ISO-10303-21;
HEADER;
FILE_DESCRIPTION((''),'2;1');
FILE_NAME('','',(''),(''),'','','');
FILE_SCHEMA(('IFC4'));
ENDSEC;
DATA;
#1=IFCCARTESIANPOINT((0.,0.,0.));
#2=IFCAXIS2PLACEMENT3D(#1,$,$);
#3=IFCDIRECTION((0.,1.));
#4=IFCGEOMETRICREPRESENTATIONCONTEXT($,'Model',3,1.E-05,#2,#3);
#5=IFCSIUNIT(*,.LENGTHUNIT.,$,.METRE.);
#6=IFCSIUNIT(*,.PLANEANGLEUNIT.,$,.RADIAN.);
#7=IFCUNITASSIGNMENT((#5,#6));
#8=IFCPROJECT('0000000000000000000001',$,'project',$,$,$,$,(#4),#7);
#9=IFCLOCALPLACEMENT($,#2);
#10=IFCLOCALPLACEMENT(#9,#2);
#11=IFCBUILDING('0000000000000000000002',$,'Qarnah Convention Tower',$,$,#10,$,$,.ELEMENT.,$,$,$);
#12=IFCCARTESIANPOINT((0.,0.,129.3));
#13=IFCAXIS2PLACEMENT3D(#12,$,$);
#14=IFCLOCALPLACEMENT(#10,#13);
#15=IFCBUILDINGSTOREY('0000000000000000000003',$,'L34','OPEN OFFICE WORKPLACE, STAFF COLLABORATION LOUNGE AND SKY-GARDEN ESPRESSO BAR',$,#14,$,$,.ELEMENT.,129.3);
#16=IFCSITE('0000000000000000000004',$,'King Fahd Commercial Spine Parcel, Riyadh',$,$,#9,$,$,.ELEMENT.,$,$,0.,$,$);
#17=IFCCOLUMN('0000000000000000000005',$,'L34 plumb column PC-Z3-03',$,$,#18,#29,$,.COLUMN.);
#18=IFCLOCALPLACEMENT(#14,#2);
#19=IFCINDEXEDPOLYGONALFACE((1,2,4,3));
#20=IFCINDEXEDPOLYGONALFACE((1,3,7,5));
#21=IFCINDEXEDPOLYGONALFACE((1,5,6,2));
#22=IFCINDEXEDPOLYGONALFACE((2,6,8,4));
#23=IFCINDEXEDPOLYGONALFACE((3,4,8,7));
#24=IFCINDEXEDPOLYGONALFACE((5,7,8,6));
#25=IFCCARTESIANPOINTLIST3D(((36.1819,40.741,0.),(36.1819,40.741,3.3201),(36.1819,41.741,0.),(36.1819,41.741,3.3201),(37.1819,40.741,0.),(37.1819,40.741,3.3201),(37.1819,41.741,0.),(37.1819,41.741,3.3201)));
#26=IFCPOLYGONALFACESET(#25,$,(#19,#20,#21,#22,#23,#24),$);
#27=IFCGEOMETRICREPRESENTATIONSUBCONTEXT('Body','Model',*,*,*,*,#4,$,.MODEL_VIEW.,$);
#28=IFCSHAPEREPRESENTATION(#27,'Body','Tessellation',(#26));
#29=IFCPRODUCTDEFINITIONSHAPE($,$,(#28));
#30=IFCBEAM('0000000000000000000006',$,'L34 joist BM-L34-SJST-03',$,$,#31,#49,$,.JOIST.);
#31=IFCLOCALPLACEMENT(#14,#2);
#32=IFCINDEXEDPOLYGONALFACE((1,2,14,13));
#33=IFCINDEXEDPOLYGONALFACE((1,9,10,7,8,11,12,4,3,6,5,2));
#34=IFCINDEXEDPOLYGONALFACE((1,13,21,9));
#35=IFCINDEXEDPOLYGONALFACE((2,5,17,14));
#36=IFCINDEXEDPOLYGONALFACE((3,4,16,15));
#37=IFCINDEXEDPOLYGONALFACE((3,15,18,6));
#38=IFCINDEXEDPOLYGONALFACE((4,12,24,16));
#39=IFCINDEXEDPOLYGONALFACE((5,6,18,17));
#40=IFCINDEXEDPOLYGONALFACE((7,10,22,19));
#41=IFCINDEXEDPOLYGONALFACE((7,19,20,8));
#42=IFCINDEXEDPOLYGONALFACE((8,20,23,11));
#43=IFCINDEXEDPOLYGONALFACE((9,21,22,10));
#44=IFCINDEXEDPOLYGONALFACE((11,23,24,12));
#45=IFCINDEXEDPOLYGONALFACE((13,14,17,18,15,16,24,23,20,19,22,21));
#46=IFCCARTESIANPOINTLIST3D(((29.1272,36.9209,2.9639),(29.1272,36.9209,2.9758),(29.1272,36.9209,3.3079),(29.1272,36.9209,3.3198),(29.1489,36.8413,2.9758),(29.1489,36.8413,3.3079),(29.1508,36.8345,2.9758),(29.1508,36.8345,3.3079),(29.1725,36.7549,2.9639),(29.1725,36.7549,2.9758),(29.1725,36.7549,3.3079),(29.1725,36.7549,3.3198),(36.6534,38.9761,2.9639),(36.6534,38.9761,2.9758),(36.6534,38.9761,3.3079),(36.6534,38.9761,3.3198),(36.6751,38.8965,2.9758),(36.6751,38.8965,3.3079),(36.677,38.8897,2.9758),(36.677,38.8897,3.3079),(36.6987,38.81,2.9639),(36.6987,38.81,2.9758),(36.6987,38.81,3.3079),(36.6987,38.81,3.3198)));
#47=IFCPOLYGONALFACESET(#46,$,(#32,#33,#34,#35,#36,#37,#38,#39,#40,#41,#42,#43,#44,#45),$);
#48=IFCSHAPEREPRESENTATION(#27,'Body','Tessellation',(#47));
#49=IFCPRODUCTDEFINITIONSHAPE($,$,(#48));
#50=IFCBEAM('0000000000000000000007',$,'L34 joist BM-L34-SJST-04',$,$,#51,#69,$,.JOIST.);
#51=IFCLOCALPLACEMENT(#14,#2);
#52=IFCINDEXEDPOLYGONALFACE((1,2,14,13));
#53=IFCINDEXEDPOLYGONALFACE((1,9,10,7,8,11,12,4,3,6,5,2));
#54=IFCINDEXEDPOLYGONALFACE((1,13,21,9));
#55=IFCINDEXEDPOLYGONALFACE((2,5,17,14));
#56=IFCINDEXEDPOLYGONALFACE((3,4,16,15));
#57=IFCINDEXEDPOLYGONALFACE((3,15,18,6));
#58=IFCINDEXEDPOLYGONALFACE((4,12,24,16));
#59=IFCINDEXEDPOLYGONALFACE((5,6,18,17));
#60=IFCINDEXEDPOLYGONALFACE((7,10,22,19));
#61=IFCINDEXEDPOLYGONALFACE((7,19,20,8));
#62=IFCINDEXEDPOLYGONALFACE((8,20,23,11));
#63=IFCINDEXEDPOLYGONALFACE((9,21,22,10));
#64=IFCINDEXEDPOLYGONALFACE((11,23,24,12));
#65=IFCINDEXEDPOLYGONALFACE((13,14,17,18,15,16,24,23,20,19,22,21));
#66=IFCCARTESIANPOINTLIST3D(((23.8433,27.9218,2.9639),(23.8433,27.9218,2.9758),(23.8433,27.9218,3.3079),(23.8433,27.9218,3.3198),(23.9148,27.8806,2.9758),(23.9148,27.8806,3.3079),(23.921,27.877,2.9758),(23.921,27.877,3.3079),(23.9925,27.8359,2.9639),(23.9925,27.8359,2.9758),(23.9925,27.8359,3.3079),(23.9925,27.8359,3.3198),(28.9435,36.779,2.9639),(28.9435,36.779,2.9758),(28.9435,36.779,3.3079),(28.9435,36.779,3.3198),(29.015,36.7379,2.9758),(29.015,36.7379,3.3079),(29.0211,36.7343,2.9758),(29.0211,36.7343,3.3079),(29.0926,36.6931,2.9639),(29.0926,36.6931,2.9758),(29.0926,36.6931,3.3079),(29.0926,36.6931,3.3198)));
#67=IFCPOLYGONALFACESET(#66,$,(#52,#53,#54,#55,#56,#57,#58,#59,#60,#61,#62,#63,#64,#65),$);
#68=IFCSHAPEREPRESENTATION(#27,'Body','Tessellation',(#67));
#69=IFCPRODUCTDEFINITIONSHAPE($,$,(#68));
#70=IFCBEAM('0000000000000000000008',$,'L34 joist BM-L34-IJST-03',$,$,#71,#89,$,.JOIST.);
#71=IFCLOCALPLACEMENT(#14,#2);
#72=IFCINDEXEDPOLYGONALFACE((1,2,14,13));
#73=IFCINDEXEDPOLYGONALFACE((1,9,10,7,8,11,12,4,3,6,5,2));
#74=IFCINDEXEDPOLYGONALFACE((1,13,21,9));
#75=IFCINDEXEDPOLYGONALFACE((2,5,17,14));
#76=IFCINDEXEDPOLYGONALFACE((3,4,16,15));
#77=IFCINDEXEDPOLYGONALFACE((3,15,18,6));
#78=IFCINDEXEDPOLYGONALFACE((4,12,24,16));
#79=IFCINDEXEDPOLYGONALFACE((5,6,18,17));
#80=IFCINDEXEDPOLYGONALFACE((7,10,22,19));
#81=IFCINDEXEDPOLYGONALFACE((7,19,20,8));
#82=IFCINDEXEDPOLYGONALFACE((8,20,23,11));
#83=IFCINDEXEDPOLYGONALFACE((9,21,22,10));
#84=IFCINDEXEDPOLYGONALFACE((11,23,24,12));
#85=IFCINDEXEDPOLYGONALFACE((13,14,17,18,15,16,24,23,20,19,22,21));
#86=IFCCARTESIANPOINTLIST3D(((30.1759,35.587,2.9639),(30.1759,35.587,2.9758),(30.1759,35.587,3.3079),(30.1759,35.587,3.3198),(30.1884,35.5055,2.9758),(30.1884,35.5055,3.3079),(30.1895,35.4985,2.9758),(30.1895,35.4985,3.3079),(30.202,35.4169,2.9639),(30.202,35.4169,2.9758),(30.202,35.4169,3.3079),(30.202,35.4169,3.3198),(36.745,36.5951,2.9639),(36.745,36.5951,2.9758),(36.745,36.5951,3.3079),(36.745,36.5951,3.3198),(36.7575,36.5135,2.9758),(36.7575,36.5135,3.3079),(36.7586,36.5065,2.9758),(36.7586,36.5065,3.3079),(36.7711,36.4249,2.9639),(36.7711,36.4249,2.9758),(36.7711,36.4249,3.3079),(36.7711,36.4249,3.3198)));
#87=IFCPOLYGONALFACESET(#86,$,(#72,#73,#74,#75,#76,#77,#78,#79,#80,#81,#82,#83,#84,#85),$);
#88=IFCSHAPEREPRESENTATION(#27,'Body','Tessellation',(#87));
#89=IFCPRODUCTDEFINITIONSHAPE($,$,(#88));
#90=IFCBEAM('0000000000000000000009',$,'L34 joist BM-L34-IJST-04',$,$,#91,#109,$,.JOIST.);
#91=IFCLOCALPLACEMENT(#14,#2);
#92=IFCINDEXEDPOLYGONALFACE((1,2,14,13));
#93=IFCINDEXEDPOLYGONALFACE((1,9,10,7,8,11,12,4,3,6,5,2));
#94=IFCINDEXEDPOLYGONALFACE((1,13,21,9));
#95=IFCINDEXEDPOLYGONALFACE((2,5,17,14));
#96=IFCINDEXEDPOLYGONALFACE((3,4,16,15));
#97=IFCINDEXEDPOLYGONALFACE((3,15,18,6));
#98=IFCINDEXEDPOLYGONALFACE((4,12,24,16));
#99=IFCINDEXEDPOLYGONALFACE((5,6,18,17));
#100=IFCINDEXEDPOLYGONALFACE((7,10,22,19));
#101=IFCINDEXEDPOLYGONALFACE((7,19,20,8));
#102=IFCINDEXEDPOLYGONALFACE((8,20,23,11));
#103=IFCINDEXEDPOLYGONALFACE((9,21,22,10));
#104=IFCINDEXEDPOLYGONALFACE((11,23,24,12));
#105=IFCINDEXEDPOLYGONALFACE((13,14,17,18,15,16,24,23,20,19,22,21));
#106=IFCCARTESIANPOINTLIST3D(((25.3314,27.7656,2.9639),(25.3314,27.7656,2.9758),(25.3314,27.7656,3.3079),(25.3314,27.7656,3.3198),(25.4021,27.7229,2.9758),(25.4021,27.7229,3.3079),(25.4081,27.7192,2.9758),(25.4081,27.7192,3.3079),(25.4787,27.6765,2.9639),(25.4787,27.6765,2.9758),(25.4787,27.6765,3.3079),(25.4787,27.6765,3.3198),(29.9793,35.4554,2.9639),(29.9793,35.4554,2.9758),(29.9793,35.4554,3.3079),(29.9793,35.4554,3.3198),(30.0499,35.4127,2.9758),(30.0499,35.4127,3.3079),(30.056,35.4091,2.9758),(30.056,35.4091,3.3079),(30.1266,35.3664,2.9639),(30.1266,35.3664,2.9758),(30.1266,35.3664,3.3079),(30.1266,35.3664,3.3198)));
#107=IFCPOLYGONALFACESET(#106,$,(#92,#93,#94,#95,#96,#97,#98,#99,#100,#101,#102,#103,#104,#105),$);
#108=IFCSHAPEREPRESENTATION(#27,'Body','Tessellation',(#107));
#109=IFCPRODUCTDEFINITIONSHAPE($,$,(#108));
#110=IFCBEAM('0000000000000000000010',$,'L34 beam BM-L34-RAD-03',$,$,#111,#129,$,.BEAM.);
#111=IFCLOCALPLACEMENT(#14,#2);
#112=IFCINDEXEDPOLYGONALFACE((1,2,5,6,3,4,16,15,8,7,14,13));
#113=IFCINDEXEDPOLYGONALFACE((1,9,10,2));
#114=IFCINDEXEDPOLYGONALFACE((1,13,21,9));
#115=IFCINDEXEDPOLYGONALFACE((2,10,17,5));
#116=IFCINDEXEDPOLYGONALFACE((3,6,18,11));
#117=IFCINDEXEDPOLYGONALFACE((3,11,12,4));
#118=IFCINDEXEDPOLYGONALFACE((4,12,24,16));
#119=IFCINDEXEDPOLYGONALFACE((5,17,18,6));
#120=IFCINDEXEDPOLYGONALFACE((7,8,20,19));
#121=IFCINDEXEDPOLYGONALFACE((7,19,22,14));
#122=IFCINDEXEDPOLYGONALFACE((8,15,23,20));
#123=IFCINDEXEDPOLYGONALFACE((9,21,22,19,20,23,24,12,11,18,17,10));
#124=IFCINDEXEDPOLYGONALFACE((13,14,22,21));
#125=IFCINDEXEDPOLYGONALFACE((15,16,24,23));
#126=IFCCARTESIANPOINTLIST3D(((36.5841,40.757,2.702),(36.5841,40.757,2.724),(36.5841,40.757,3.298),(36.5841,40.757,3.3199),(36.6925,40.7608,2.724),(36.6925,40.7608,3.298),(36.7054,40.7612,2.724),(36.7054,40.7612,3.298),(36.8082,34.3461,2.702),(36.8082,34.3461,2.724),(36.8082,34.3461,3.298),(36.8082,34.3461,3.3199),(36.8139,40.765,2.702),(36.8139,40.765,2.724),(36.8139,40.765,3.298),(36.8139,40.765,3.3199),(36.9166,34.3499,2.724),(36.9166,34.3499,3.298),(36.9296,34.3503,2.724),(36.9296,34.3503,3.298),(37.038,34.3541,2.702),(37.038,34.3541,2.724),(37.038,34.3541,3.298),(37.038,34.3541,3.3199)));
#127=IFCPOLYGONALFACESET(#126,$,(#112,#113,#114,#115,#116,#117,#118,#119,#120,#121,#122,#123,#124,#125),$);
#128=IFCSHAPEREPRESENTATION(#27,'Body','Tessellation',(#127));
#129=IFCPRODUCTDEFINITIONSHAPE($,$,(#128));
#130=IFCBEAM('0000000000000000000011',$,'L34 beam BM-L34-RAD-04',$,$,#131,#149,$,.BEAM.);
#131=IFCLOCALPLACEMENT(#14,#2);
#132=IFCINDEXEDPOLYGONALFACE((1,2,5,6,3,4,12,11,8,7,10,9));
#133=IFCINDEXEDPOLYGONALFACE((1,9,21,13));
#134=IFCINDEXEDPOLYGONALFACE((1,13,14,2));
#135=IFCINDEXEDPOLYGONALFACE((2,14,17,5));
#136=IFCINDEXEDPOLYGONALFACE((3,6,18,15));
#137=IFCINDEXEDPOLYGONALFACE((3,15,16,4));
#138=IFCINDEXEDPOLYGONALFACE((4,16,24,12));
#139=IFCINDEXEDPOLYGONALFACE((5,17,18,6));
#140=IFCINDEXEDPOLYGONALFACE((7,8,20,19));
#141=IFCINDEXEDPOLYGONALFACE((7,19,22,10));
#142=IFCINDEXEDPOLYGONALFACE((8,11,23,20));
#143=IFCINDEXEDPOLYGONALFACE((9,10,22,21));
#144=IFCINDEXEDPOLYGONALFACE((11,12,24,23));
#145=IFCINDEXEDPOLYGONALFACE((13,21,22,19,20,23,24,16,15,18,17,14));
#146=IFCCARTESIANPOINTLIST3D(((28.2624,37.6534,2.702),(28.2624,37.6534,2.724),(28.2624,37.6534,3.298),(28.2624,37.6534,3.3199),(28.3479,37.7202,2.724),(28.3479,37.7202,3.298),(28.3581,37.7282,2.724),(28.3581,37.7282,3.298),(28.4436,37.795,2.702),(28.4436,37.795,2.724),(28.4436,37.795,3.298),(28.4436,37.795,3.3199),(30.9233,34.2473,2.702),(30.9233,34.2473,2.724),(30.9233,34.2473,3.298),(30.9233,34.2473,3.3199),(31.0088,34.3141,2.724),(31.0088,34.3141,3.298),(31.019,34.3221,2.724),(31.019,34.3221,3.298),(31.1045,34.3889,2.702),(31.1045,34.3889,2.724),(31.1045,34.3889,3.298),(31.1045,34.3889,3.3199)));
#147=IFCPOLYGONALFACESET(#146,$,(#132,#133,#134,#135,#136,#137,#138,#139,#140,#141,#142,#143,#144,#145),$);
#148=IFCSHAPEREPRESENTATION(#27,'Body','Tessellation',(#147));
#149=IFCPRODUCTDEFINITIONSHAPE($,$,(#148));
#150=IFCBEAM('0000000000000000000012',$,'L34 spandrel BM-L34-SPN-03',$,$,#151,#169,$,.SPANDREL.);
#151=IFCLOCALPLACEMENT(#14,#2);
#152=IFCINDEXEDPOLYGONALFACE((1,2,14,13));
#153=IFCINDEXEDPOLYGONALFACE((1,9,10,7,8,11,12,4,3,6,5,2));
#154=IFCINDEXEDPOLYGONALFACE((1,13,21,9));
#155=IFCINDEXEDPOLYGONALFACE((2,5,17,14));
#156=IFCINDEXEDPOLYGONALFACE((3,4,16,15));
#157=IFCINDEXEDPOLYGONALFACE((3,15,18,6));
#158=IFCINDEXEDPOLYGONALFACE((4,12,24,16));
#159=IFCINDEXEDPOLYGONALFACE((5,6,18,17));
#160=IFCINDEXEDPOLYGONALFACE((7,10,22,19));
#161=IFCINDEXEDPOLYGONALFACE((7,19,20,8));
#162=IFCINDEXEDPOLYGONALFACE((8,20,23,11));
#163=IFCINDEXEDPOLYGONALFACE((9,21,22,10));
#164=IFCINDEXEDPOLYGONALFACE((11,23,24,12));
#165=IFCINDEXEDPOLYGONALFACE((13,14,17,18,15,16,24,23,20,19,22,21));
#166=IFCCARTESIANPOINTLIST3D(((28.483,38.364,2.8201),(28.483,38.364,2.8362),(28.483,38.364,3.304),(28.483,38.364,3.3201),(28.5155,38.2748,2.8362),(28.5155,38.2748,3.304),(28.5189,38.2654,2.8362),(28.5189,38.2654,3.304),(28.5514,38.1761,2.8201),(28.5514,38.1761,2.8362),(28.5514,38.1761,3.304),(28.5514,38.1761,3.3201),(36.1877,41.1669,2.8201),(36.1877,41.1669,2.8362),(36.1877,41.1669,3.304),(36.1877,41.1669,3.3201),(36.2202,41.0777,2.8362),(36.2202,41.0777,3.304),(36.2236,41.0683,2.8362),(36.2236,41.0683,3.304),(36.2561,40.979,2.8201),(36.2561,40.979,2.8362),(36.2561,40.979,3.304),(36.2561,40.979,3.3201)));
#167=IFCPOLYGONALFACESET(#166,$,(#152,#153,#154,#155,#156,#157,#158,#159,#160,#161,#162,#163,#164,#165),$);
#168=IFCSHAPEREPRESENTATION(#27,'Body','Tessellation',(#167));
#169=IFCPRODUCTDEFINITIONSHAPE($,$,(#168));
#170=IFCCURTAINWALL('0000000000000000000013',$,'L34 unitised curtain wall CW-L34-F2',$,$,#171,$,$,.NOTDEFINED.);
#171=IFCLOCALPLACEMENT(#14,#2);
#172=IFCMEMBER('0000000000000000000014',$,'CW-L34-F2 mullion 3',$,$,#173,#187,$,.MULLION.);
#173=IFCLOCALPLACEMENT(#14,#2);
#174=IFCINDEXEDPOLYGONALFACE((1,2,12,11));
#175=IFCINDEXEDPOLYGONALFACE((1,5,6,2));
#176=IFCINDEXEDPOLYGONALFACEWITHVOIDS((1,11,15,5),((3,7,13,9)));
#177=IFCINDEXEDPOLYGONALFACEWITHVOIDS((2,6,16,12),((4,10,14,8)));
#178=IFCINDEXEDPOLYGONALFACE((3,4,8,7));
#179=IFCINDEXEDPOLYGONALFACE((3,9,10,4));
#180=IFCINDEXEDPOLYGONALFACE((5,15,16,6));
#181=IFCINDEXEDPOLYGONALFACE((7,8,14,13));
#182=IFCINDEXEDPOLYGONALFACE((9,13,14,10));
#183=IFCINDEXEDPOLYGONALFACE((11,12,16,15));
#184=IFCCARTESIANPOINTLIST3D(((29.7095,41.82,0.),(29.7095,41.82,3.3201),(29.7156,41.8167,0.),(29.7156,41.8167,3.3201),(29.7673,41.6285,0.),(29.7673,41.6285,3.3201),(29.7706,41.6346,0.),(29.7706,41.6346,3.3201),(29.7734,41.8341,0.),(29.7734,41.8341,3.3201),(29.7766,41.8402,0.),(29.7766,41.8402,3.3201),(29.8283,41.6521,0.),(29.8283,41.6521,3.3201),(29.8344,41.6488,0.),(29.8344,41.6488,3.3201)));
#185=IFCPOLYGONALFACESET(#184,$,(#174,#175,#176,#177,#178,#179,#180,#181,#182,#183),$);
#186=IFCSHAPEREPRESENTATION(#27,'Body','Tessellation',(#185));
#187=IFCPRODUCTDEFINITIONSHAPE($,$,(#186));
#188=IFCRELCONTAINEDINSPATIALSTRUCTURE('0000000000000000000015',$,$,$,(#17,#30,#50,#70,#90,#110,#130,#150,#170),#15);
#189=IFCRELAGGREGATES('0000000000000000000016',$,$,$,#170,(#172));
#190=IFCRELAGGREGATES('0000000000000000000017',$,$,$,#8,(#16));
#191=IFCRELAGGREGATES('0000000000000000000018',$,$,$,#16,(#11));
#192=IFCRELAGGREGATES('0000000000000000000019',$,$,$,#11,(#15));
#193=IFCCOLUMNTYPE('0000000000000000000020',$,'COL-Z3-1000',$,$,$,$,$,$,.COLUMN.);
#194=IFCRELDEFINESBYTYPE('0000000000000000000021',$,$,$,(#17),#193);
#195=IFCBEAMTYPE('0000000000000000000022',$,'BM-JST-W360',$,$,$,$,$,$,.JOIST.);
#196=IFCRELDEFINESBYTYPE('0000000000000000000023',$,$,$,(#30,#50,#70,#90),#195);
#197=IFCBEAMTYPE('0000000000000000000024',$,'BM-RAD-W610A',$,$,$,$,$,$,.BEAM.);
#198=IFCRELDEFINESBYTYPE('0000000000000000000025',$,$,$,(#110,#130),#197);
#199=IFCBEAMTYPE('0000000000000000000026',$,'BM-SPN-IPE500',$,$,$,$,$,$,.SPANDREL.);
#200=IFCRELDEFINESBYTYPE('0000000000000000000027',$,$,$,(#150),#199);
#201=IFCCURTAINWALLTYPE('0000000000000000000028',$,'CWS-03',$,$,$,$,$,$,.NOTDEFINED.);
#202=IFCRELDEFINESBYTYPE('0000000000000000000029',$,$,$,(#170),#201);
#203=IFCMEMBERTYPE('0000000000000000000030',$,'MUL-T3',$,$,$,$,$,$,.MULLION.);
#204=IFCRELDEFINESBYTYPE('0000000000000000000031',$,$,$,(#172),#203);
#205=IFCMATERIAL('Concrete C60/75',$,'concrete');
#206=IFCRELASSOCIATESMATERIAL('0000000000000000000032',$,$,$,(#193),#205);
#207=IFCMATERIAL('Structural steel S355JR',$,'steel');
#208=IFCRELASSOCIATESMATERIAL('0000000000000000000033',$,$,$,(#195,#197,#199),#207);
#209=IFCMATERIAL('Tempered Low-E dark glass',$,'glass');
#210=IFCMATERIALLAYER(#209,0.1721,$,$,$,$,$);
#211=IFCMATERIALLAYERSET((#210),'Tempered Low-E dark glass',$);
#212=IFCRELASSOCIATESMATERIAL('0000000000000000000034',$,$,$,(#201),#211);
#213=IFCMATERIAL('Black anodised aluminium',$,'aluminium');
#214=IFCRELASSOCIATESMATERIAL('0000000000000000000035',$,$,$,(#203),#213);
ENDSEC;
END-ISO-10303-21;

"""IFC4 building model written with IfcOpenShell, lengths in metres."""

from ifc_helpers import new_model, si_unit, direction, frame, origin, origin_2d, place, context, subcontext, project, spatial, rectangle, hollow_rectangle, i_section, extrude, material, layer, layer_set, material_profile, profile_set, type_object, element, aggregate, save


model = new_model("IFC4")

# Units and contexts
model_context = context("Model", 3, precision=1e-05, world=origin(), true_north=direction((0.0, 1.0)))
body_context = subcontext(model_context, "Body", "Model", "MODEL_VIEW")
ifc_project = project(units=[si_unit("LENGTHUNIT", "METRE"), si_unit("PLANEANGLEUNIT", "RADIAN")], contexts=[model_context])

# Site, building, storey
site_placement = place(None, origin())
site = spatial("IfcSite", under=ifc_project, at=site_placement, Name="King Fahd Commercial Spine Parcel, Riyadh", CompositionType="ELEMENT", RefElevation=0.0)
building_placement = place(site_placement, origin())
building = spatial("IfcBuilding", under=site, at=building_placement, Name="Qarnah Convention Tower", CompositionType="ELEMENT")
storey_placement = place(building_placement, frame((0.0, 0.0, 129.3)))
storey = spatial("IfcBuildingStorey", under=building, at=storey_placement, Name="L34", Description="OPEN OFFICE WORKPLACE, STAFF COLLABORATION LOUNGE AND SKY-GARDEN ESPRESSO BAR", CompositionType="ELEMENT", Elevation=129.3)

# Column
ifc_material_1 = material(Name="Concrete C60/75", Category="concrete")
ifc_material_profile_1 = material_profile(ifc_material_1, rectangle(XDim=1.0, YDim=1.0, at=origin_2d()), Name="RC-COL-1000X1000")
ifc_profile_set_1 = profile_set([ifc_material_profile_1], Name="Concrete C60/75")
column_type = type_object("IfcColumnType", Name="COL-Z3-1000", PredefinedType="COLUMN", material=ifc_profile_set_1)
column_placement = place(storey_placement, frame((36.6819, 41.241, 0.0), z_axis=(0.0, 0.0, 1.0), x_axis=(1.0, 0.0, 0.0)))
element("IfcColumn", 1, at=column_placement, inside=storey, type_object=column_type, Name="L34 plumb column PC-Z3-03", PredefinedType="COLUMN", context=body_context, shape_type="SweptSolid", body=[
    extrude(rectangle(XDim=1.0, YDim=1.0, at=origin_2d()), origin(), (0.0, 0.0, 1.0), 3.3201),
])

# Beams
ifc_material_2 = material(Name="Structural steel S355JR", Category="steel")
ifc_material_profile_2 = material_profile(ifc_material_2, i_section(OverallWidth=0.1721, OverallDepth=0.356, WebThickness=0.0071, FlangeThickness=0.012, at=origin_2d()), Name="W360X51")
ifc_profile_set_2 = profile_set([ifc_material_profile_2], Name="Structural steel S355JR")
beam_type_1 = type_object("IfcBeamType", Name="BM-JST-W360", PredefinedType="JOIST", material=ifc_profile_set_2)
beam_1_placement = place(storey_placement, frame((36.676, 38.8931, 3.1418), z_axis=(-0.964679, -0.263427, 0.0), x_axis=(0.263427, -0.964679, 0.0)))
element("IfcBeam", 2, at=beam_1_placement, inside=storey, type_object=beam_type_1, Name="L34 joist BM-L34-SJST-03", PredefinedType="JOIST", context=body_context, shape_type="SweptSolid", body=[
    extrude(i_section(OverallWidth=0.1721, OverallDepth=0.356, WebThickness=0.0071, FlangeThickness=0.012, at=origin_2d()), origin(), (0.0, 0.0, 1.0), 7.8018),
])
beam_2_placement = place(storey_placement, frame((29.0181, 36.7361, 3.1418), z_axis=(-0.499002, -0.866601, 0.0), x_axis=(0.866601, -0.499002, 0.0)))
element("IfcBeam", 3, at=beam_2_placement, inside=storey, type_object=beam_type_1, Name="L34 joist BM-L34-SJST-04", PredefinedType="JOIST", context=body_context, shape_type="SweptSolid", body=[
    extrude(i_section(OverallWidth=0.1721, OverallDepth=0.356, WebThickness=0.0071, FlangeThickness=0.012, at=origin_2d()), origin(), (0.0, 0.0, 1.0), 10.2207),
])
beam_3_placement = place(storey_placement, frame((36.7581, 36.51, 3.1418), z_axis=(-0.98843, -0.151679, 0.0), x_axis=(0.151679, -0.98843, 0.0)))
element("IfcBeam", 4, at=beam_3_placement, inside=storey, type_object=beam_type_1, Name="L34 joist BM-L34-IJST-03", PredefinedType="JOIST", context=body_context, shape_type="SweptSolid", body=[
    extrude(i_section(OverallWidth=0.1721, OverallDepth=0.356, WebThickness=0.0071, FlangeThickness=0.012, at=origin_2d()), origin(), (0.0, 0.0, 1.0), 6.646),
])
beam_4_placement = place(storey_placement, frame((30.053, 35.4109, 3.1418), z_axis=(-0.517274, -0.85582, 0.0), x_axis=(0.85582, -0.517274, 0.0)))
element("IfcBeam", 5, at=beam_4_placement, inside=storey, type_object=beam_type_1, Name="L34 joist BM-L34-IJST-04", PredefinedType="JOIST", context=body_context, shape_type="SweptSolid", body=[
    extrude(i_section(OverallWidth=0.1721, OverallDepth=0.356, WebThickness=0.0071, FlangeThickness=0.012, at=origin_2d()), origin(), (0.0, 0.0, 1.0), 8.9854),
])
ifc_material_profile_3 = material_profile(ifc_material_2, i_section(OverallWidth=0.23, OverallDepth=0.6179, WebThickness=0.0129, FlangeThickness=0.022, at=origin_2d()), Name="W610X140")
ifc_profile_set_3 = profile_set([ifc_material_profile_3], Name="Structural steel S355JR")
beam_type_2 = type_object("IfcBeamType", Name="BM-RAD-W610A", PredefinedType="BEAM", material=ifc_profile_set_3)
beam_5_placement = place(storey_placement, frame((36.9231, 34.3501, 3.011), z_axis=(-0.034938, 0.999389, 0.0), x_axis=(-0.999389, -0.034938, 0.0)))
element("IfcBeam", 6, at=beam_5_placement, inside=storey, type_object=beam_type_2, Name="L34 beam BM-L34-RAD-03", PredefinedType="BEAM", context=body_context, shape_type="SweptSolid", body=[
    extrude(i_section(OverallWidth=0.23, OverallDepth=0.6179, WebThickness=0.0129, FlangeThickness=0.022, at=origin_2d()), origin(), (0.0, 0.0, 1.0), 6.4148),
])
beam_6_placement = place(storey_placement, frame((31.0139, 34.3181, 3.011), z_axis=(-0.615636, 0.78803, 0.0), x_axis=(-0.78803, -0.615636, 0.0)))
element("IfcBeam", 7, at=beam_6_placement, inside=storey, type_object=beam_type_2, Name="L34 beam BM-L34-RAD-04", PredefinedType="BEAM", context=body_context, shape_type="SweptSolid", body=[
    extrude(i_section(OverallWidth=0.23, OverallDepth=0.6179, WebThickness=0.0129, FlangeThickness=0.022, at=origin_2d()), origin(), (0.0, 0.0, 1.0), 4.3223),
])
ifc_material_profile_4 = material_profile(ifc_material_2, i_section(OverallWidth=0.2, OverallDepth=0.5, WebThickness=0.01, FlangeThickness=0.0161, at=origin_2d()), Name="IPE500")
ifc_profile_set_4 = profile_set([ifc_material_profile_4], Name="Structural steel S355JR")
beam_type_3 = type_object("IfcBeamType", Name="BM-SPN-IPE500", PredefinedType="SPANDREL", material=ifc_profile_set_4)
beam_7_placement = place(storey_placement, frame((36.2219, 41.073, 3.0701), z_axis=(-0.939746, -0.341875, 0.0), x_axis=(0.341875, -0.939746, 0.0)))
element("IfcBeam", 8, at=beam_7_placement, inside=storey, type_object=beam_type_3, Name="L34 spandrel BM-L34-SPN-03", PredefinedType="SPANDREL", context=body_context, shape_type="SweptSolid", body=[
    extrude(i_section(OverallWidth=0.2, OverallDepth=0.5, WebThickness=0.01, FlangeThickness=0.0161, at=origin_2d()), origin(), (0.0, 0.0, 1.0), 8.1987),
])

# Curtain wall, member
ifc_material_3 = material(Name="Tempered Low-E dark glass", Category="glass")
ifc_layer_1 = layer(ifc_material_3, 0.1721)
ifc_layer_set_1 = layer_set([ifc_layer_1], Name="Tempered Low-E dark glass")
curtain_wall_type = type_object("IfcCurtainWallType", Name="CWS-03", PredefinedType="NOTDEFINED", material=ifc_layer_set_1)
curtain_wall_placement = place(storey_placement, origin())
curtain_wall = element("IfcCurtainWall", 9, at=curtain_wall_placement, inside=storey, type_object=curtain_wall_type, Name="L34 unitised curtain wall CW-L34-F2", PredefinedType="NOTDEFINED")
ifc_material_4 = material(Name="Black anodised aluminium", Category="aluminium")
ifc_material_profile_5 = material_profile(ifc_material_4, hollow_rectangle(XDim=0.0701, YDim=0.2, WallThickness=0.0049, at=origin_2d()), Name="MUL-70X200")
ifc_profile_set_5 = profile_set([ifc_material_profile_5], Name="Black anodised aluminium")
member_type = type_object("IfcMemberType", Name="MUL-T3", PredefinedType="MULLION", material=ifc_profile_set_5)
member_1_placement = place(storey_placement, frame((29.772, 41.7344, 0.0), z_axis=(0.0, 0.0, 1.0), x_axis=(0.957322, 0.289025, 0.0)))
member_1 = element("IfcMember", 10, at=member_1_placement, type_object=member_type, Name="CW-L34-F2 mullion 3", PredefinedType="MULLION", context=body_context, shape_type="SweptSolid", body=[
    extrude(hollow_rectangle(XDim=0.0701, YDim=0.2, WallThickness=0.0049, at=origin_2d()), origin(), (0.0, 0.0, 1.0), 3.3201),
])
aggregate(curtain_wall, [member_1])

save(model, "model.ifc")
